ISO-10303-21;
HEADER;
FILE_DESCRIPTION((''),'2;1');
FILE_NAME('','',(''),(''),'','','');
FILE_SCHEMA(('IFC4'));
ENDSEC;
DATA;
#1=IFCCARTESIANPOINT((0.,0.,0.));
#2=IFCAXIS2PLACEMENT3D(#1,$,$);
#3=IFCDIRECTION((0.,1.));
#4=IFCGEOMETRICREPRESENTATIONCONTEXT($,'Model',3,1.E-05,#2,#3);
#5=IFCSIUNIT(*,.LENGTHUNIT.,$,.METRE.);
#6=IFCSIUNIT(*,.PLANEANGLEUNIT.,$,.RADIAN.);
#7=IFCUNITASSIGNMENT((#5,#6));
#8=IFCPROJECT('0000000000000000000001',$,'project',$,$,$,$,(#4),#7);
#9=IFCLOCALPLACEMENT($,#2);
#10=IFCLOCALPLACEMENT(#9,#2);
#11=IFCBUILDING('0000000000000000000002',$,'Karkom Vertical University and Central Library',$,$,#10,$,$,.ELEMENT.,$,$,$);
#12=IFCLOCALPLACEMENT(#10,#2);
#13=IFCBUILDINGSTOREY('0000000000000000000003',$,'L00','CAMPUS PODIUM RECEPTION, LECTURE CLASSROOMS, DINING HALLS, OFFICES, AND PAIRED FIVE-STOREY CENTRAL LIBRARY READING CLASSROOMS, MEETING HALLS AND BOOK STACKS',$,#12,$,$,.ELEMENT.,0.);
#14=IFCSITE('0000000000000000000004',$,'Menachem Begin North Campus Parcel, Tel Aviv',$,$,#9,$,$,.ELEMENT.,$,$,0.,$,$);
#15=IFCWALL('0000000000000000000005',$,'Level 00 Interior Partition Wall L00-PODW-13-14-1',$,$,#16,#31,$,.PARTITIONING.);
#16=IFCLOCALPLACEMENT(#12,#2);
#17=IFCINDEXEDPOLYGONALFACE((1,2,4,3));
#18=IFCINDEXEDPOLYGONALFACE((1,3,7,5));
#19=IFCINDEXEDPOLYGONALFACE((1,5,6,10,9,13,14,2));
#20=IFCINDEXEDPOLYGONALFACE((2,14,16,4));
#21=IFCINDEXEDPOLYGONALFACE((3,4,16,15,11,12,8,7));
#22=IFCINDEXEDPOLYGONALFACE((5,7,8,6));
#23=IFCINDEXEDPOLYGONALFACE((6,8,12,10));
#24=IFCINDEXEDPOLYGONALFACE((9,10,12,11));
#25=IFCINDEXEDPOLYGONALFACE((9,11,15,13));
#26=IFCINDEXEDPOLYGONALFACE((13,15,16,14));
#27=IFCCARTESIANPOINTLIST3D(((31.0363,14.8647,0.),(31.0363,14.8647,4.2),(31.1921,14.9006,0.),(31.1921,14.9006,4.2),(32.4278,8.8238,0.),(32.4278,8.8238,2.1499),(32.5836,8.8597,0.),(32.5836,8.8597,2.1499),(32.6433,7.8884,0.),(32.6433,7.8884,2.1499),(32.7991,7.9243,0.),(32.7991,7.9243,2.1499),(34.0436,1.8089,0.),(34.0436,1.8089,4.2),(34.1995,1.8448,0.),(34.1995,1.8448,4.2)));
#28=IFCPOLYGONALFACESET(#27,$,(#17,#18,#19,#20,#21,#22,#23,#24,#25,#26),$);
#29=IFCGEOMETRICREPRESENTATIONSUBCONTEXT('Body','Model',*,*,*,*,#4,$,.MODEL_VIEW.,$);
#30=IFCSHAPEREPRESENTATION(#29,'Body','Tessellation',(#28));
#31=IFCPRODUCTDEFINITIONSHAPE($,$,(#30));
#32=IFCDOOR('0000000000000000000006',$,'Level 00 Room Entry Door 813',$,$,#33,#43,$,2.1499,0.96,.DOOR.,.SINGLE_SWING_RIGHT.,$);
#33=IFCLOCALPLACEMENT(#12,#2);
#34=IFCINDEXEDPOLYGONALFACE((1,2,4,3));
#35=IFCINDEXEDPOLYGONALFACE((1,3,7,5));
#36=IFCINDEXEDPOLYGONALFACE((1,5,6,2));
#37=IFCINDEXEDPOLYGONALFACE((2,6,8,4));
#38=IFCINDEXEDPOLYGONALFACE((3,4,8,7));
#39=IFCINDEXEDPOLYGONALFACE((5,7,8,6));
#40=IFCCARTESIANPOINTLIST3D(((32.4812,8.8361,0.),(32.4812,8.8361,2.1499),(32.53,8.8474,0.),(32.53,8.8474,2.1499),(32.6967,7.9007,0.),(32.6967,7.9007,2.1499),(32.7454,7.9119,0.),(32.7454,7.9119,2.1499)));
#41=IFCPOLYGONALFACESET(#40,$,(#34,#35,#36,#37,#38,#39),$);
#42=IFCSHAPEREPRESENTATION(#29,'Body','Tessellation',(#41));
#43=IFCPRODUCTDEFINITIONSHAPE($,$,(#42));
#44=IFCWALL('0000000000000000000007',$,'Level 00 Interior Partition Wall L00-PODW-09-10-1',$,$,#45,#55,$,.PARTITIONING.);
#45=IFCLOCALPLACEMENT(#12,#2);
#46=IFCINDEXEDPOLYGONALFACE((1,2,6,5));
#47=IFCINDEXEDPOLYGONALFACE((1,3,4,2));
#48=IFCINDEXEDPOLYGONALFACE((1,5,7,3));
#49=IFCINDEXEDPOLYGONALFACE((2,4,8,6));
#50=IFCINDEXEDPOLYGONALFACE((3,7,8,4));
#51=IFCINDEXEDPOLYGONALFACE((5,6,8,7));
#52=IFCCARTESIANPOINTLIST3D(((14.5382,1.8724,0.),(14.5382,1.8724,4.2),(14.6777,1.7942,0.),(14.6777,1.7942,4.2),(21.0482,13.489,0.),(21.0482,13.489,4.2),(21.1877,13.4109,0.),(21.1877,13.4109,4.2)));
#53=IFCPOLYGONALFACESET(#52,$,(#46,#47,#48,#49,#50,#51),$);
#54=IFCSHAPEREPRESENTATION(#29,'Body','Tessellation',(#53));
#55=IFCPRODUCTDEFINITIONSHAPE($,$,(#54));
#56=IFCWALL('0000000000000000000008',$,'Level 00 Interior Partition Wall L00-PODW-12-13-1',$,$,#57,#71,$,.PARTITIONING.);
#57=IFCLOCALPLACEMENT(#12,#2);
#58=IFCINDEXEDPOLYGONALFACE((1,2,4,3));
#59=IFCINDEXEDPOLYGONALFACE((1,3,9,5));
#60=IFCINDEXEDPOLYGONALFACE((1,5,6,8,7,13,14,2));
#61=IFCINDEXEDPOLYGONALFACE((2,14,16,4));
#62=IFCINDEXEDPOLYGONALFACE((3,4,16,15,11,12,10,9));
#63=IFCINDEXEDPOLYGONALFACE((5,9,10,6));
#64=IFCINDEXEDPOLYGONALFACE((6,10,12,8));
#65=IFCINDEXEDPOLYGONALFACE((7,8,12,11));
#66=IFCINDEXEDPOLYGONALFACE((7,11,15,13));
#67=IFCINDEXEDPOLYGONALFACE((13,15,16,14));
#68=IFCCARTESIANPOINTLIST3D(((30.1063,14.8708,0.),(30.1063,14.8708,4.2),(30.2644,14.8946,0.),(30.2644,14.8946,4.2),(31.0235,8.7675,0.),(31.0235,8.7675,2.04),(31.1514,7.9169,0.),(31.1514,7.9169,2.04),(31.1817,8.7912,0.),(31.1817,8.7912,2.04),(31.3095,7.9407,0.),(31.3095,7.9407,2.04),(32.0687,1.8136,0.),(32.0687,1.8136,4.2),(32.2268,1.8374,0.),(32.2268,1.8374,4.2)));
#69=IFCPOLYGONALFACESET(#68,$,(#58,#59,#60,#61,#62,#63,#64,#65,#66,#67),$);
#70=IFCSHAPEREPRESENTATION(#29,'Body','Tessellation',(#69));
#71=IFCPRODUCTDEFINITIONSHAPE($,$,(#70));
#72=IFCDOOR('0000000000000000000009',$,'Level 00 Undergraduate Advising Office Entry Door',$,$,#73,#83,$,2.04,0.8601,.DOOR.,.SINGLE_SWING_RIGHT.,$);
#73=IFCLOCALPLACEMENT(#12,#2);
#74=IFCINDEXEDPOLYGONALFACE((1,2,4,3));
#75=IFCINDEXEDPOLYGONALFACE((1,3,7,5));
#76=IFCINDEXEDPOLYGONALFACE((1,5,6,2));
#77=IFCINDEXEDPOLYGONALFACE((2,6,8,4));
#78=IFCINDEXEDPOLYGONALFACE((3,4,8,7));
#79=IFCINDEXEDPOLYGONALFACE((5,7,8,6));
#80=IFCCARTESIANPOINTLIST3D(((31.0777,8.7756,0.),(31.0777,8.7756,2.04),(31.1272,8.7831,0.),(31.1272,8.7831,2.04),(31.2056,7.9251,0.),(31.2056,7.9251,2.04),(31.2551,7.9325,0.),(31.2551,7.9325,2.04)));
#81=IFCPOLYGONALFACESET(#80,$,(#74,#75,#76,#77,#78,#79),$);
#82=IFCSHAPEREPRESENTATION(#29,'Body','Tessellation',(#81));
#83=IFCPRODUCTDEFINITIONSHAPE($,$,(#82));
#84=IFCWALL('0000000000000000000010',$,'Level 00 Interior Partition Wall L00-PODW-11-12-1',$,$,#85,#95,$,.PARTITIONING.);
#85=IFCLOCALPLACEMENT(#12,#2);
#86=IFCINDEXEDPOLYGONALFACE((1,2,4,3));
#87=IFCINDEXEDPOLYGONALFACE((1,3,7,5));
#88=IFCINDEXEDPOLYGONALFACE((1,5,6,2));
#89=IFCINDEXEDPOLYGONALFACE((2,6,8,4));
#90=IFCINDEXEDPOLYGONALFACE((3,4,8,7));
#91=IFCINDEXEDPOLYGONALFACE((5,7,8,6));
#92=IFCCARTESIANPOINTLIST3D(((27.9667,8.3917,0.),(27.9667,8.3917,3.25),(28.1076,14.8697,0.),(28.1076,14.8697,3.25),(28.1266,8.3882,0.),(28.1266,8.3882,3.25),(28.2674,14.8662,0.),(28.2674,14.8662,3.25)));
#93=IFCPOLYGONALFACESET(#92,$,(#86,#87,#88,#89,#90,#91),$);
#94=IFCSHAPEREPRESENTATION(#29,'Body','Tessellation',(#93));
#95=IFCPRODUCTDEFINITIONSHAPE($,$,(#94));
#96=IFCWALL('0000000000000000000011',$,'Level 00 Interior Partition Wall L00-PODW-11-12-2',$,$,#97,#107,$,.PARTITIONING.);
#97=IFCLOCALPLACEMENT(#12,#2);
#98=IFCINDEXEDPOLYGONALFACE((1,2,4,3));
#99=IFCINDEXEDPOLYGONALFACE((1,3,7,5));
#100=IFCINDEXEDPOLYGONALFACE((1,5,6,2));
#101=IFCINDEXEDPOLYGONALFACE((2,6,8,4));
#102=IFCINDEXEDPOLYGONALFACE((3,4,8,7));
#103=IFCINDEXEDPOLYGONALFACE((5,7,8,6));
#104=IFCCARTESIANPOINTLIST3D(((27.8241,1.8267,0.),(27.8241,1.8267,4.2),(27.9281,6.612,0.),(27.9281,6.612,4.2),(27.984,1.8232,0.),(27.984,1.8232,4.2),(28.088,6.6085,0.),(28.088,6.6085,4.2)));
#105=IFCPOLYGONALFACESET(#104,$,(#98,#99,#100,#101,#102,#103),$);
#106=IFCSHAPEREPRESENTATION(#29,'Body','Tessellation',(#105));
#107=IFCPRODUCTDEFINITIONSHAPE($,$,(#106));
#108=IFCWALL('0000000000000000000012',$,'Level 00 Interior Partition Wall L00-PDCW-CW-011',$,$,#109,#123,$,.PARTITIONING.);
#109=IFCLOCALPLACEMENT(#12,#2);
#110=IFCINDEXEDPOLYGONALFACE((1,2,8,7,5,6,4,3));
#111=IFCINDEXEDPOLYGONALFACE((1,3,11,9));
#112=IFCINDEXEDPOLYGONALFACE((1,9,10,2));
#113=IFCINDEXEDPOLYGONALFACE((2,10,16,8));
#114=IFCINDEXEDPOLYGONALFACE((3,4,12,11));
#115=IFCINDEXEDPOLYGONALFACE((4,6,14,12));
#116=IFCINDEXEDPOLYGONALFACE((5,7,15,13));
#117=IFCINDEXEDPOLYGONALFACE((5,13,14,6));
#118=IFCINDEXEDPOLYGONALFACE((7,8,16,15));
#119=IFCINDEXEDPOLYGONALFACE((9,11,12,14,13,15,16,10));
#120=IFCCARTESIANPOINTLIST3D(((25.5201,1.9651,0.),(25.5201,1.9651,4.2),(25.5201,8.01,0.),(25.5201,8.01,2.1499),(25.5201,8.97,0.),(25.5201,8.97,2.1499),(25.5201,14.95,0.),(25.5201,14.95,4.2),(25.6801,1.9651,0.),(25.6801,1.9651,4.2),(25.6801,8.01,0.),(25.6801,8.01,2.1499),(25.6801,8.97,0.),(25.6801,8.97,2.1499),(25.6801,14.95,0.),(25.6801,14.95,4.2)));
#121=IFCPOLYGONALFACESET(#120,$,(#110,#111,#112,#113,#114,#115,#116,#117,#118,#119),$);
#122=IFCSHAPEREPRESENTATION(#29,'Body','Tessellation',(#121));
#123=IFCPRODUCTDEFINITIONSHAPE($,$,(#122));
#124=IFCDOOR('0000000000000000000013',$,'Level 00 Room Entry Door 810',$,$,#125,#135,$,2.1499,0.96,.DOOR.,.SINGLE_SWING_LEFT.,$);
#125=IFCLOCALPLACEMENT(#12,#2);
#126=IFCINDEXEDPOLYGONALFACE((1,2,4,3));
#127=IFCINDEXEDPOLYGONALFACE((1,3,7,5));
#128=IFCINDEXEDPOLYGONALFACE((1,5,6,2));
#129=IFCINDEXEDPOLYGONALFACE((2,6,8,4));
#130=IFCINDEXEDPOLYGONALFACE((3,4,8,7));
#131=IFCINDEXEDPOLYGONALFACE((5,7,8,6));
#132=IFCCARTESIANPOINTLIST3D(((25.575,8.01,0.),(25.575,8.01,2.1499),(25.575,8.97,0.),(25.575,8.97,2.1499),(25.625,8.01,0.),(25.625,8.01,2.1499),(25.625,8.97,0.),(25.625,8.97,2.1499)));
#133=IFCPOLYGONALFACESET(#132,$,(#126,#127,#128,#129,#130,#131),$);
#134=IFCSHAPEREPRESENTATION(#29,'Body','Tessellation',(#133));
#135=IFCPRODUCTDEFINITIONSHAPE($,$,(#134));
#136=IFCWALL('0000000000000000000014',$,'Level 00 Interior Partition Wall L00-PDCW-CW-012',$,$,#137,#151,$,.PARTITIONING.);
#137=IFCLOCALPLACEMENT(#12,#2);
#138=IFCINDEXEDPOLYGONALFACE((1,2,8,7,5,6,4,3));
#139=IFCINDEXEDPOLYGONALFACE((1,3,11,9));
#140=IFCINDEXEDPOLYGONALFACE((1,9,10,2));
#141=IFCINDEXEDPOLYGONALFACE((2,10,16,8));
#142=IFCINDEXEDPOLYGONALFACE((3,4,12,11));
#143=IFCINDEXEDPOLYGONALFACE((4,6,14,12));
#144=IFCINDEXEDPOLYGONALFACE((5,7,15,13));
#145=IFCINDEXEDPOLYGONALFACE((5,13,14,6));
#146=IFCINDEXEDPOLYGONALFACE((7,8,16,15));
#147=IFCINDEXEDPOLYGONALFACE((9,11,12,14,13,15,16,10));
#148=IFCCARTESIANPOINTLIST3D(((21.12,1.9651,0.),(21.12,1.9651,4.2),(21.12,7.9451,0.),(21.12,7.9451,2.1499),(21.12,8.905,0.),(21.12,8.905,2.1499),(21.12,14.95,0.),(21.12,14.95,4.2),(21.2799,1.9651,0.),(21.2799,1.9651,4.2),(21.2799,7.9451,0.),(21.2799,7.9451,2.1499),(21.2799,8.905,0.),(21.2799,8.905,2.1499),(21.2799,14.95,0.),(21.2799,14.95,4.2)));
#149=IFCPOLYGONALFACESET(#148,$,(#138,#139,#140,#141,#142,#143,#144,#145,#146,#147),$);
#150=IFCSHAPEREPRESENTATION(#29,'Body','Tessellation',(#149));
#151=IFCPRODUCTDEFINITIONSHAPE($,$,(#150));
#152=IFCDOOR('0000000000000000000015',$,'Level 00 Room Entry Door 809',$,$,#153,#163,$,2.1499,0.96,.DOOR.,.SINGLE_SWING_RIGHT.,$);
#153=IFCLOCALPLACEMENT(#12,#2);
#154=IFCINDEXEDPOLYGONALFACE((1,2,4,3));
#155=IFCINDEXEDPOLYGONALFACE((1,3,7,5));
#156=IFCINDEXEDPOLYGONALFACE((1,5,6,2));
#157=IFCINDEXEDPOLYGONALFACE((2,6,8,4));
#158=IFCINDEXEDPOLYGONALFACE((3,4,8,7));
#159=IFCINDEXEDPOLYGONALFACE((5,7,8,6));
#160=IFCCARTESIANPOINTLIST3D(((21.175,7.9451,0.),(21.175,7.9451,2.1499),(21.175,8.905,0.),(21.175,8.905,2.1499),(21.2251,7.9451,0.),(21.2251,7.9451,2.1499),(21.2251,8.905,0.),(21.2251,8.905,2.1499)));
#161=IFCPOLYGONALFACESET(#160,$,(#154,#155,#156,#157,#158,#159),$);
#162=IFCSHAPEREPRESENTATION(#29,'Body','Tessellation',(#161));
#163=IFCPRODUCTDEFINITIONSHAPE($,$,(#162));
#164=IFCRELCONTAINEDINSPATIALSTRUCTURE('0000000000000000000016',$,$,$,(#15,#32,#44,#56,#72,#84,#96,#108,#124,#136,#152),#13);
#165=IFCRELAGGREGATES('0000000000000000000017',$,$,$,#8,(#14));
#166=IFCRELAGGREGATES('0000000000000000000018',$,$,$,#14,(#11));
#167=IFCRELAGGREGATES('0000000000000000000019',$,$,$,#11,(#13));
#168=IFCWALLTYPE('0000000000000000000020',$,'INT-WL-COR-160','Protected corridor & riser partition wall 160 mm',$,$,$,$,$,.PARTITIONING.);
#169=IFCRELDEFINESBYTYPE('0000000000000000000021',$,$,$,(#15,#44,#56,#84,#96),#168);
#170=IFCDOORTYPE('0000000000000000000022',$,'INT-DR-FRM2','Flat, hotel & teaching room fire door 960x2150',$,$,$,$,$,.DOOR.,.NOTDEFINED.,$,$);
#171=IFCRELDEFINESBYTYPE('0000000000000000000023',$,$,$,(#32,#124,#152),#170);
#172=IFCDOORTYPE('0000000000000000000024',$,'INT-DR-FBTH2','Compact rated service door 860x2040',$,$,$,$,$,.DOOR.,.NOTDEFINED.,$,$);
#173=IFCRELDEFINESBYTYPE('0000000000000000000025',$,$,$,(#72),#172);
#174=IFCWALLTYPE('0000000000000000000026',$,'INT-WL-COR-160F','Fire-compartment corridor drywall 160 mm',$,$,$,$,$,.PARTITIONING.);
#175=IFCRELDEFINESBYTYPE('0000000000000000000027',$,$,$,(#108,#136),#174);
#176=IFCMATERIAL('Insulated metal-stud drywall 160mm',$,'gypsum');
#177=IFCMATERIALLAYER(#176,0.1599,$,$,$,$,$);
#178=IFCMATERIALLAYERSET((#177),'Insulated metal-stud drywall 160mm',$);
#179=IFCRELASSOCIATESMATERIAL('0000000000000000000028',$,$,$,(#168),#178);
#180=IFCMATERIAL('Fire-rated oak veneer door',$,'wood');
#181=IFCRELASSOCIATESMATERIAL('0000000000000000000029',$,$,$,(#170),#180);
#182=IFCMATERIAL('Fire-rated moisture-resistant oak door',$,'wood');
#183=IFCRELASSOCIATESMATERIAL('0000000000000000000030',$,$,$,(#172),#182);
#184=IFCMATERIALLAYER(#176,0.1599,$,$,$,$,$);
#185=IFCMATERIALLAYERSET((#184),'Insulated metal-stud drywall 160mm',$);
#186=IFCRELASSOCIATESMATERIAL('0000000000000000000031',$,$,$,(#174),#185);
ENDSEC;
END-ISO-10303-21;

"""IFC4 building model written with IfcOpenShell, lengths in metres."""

from ifc_helpers import new_model, si_unit, direction, frame, frame_2d, origin, origin_with_axes, place, context, subcontext, project, spatial, rectangle, extrude, source, transform, mapped, material, layer, layer_set, type_object, element, fill, save


model = new_model("IFC4")

# Units and contexts
model_context = context("Model", 3, precision=1e-05, world=origin(), true_north=direction((0.0, 1.0)))
body_context = subcontext(model_context, "Body", "Model", "MODEL_VIEW")
ifc_project = project(units=[si_unit("LENGTHUNIT", "METRE"), si_unit("PLANEANGLEUNIT", "RADIAN")], contexts=[model_context])

# Site, building, storey
site_placement = place(None, origin())
site = spatial("IfcSite", under=ifc_project, at=site_placement, Name="Menachem Begin North Campus Parcel, Tel Aviv", CompositionType="ELEMENT", RefElevation=0.0)
building_placement = place(site_placement, origin())
building = spatial("IfcBuilding", under=site, at=building_placement, Name="Karkom Vertical University and Central Library", CompositionType="ELEMENT")
storey_placement = place(building_placement, origin())
storey = spatial("IfcBuildingStorey", under=building, at=storey_placement, Name="L00", Description="CAMPUS PODIUM RECEPTION, LECTURE CLASSROOMS, DINING HALLS, OFFICES, AND PAIRED FIVE-STOREY CENTRAL LIBRARY READING CLASSROOMS, MEETING HALLS AND BOOK STACKS", CompositionType="ELEMENT", Elevation=0.0)

# Wall, opening, door
ifc_material_1 = material(Name="Insulated metal-stud drywall 160mm", Category="gypsum")
ifc_layer_1 = layer(ifc_material_1, 0.1599)
ifc_layer_set_1 = layer_set([ifc_layer_1], Name="Insulated metal-stud drywall 160mm")
wall_type_1 = type_object("IfcWallType", Name="INT-WL-COR-160", Description="Protected corridor & riser partition wall 160 mm", PredefinedType="PARTITIONING", material=ifc_layer_set_1)
ifc_material_2 = material(Name="Fire-rated oak veneer door", Category="wood")
door_type_1 = type_object("IfcDoorType", Name="INT-DR-FRM2", Description="Flat, hotel & teaching room fire door 960x2150", OperationType="NOTDEFINED", PredefinedType="DOOR", material=ifc_material_2)
shared_shape_1 = source(origin_with_axes(), body_context, "Body", "SweptSolid", [
    extrude(rectangle(XDim=0.96, YDim=2.1499, at=frame_2d((0.48, 1.075))), frame((0.0, 0.0249, 0.0), z_axis=(0.0, -1.0, 0.0), x_axis=(1.0, 0.0, 0.0)), (0.0, 0.0, 1.0), 0.05),
])
wall_1_placement = place(storey_placement, frame((31.1143, 14.8826, 0.0), z_axis=(0.0, 0.0, 1.0), x_axis=(0.224464, -0.974482, 0.0)))
wall_1 = element("IfcWall", 1, at=wall_1_placement, inside=storey, type_object=wall_type_1, Name="Level 00 Interior Partition Wall L00-PODW-13-14-1", PredefinedType="PARTITIONING", context=body_context, shape_type="SweptSolid", body=[
    extrude(rectangle(XDim=13.3977, YDim=0.1599, at=frame_2d((6.6987, 0.0))), origin(), (0.0, 0.0, 1.0), 4.2),
])
opening_1_placement = place(wall_1_placement, frame((6.199, 0.0, 0.0)))
opening_1 = element("IfcOpeningElement", 2, at=opening_1_placement, cuts=wall_1, PredefinedType="OPENING", context=body_context, shape_type="SweptSolid", body=[
    extrude(rectangle(XDim=0.96, YDim=2.1499, at=frame_2d((0.48, 1.075))), frame((0.0, 0.0898, 0.0), z_axis=(0.0, -1.0, 0.0), x_axis=(1.0, 0.0, 0.0)), (0.0, 0.0, 1.0), 0.1799),
])
door_1_placement = place(opening_1_placement, origin())
door_1 = element("IfcDoor", 3, at=door_1_placement, inside=storey, type_object=door_type_1, Name="Level 00 Room Entry Door 813", OperationType="SINGLE_SWING_RIGHT", OverallHeight=2.1499, OverallWidth=0.96, PredefinedType="DOOR", context=body_context, shape_type="MappedRepresentation", body=[
    mapped(shared_shape_1, transform((0.0, 0.0, 0.0), scale=1.0)),
])
fill(opening_1, door_1)

# Wall
wall_2_placement = place(storey_placement, frame((21.1179, 13.45, 0.0), z_axis=(0.0, 0.0, 1.0), x_axis=(-0.48887, -0.872357, 0.0)))
element("IfcWall", 4, at=wall_2_placement, inside=storey, type_object=wall_type_1, Name="Level 00 Interior Partition Wall L00-PODW-09-10-1", PredefinedType="PARTITIONING", context=body_context, shape_type="SweptSolid", body=[
    extrude(rectangle(XDim=13.3164, YDim=0.1599, at=frame_2d((6.6582, 0.0))), origin(), (0.0, 0.0, 1.0), 4.2),
])

# Wall, opening, door
wall_3_placement = place(storey_placement, frame((30.1853, 14.8828, 0.0), z_axis=(0.0, 0.0, 1.0), x_axis=(0.148624, -0.988894, 0.0)))
wall_3 = element("IfcWall", 5, at=wall_3_placement, inside=storey, type_object=wall_type_1, Name="Level 00 Interior Partition Wall L00-PODW-12-13-1", PredefinedType="PARTITIONING", context=body_context, shape_type="SweptSolid", body=[
    extrude(rectangle(XDim=13.2039, YDim=0.1599, at=frame_2d((6.6021, 0.0))), origin(), (0.0, 0.0, 1.0), 4.2),
])
opening_2_placement = place(wall_3_placement, frame((6.1719, 0.0, 0.0)))
opening_2 = element("IfcOpeningElement", 6, at=opening_2_placement, cuts=wall_3, PredefinedType="OPENING", context=body_context, shape_type="SweptSolid", body=[
    extrude(rectangle(XDim=0.8601, YDim=2.04, at=frame_2d((0.4302, 1.02))), frame((0.0, 0.0898, 0.0), z_axis=(0.0, -1.0, 0.0), x_axis=(1.0, 0.0, 0.0)), (0.0, 0.0, 1.0), 0.1799),
])
ifc_material_3 = material(Name="Fire-rated moisture-resistant oak door", Category="wood")
door_type_2 = type_object("IfcDoorType", Name="INT-DR-FBTH2", Description="Compact rated service door 860x2040", OperationType="NOTDEFINED", PredefinedType="DOOR", material=ifc_material_3)
shared_shape_2 = source(origin_with_axes(), body_context, "Body", "SweptSolid", [
    extrude(rectangle(XDim=0.8601, YDim=2.04, at=frame_2d((0.4302, 1.02))), frame((0.0, 0.0249, 0.0), z_axis=(0.0, -1.0, 0.0), x_axis=(1.0, 0.0, 0.0)), (0.0, 0.0, 1.0), 0.05),
])
door_2_placement = place(opening_2_placement, origin())
door_2 = element("IfcDoor", 7, at=door_2_placement, inside=storey, type_object=door_type_2, Name="Level 00 Undergraduate Advising Office Entry Door", OperationType="SINGLE_SWING_RIGHT", OverallHeight=2.04, OverallWidth=0.8601, PredefinedType="DOOR", context=body_context, shape_type="MappedRepresentation", body=[
    mapped(shared_shape_2, transform((0.0, 0.0, 0.0), scale=1.0)),
])
fill(opening_2, door_2)

# Walls
wall_4_placement = place(storey_placement, frame((28.1875, 14.8679, 0.0), z_axis=(0.0, 0.0, 1.0), x_axis=(-0.021741, -0.999764, 0.0)))
element("IfcWall", 8, at=wall_4_placement, inside=storey, type_object=wall_type_1, Name="Level 00 Interior Partition Wall L00-PODW-11-12-1", PredefinedType="PARTITIONING", context=body_context, shape_type="SweptSolid", body=[
    extrude(rectangle(XDim=6.4795, YDim=0.1599, at=frame_2d((3.2397, 0.0))), origin(), (0.0, 0.0, 1.0), 3.25),
])
wall_5_placement = place(storey_placement, frame((28.0081, 6.6101, 0.0), z_axis=(0.0, 0.0, 1.0), x_axis=(-0.02173, -0.999764, 0.0)))
element("IfcWall", 9, at=wall_5_placement, inside=storey, type_object=wall_type_1, Name="Level 00 Interior Partition Wall L00-PODW-11-12-2", PredefinedType="PARTITIONING", context=body_context, shape_type="SweptSolid", body=[
    extrude(rectangle(XDim=4.7864, YDim=0.1599, at=frame_2d((2.3931, 0.0))), origin(), (0.0, 0.0, 1.0), 4.2),
])

# Walls, openings, doors
ifc_layer_2 = layer(ifc_material_1, 0.1599)
ifc_layer_set_2 = layer_set([ifc_layer_2], Name="Insulated metal-stud drywall 160mm")
wall_type_2 = type_object("IfcWallType", Name="INT-WL-COR-160F", Description="Fire-compartment corridor drywall 160 mm", PredefinedType="PARTITIONING", material=ifc_layer_set_2)
wall_6_placement = place(storey_placement, frame((25.6001, 14.95, 0.0), z_axis=(0.0, 0.0, 1.0), x_axis=(0.0, -1.0, 0.0)))
wall_6 = element("IfcWall", 10, at=wall_6_placement, inside=storey, type_object=wall_type_2, Name="Level 00 Interior Partition Wall L00-PDCW-CW-011", PredefinedType="PARTITIONING", context=body_context, shape_type="SweptSolid", body=[
    extrude(rectangle(XDim=12.9849, YDim=0.1599, at=frame_2d((6.4924, 0.0))), origin(), (0.0, 0.0, 1.0), 4.2),
])
opening_3_placement = place(wall_6_placement, frame((5.98, 0.0, 0.0)))
opening_3 = element("IfcOpeningElement", 11, at=opening_3_placement, cuts=wall_6, PredefinedType="OPENING", context=body_context, shape_type="SweptSolid", body=[
    extrude(rectangle(XDim=0.96, YDim=2.1499, at=frame_2d((0.48, 1.075))), frame((0.0, 0.0898, 0.0), z_axis=(0.0, -1.0, 0.0), x_axis=(1.0, 0.0, 0.0)), (0.0, 0.0, 1.0), 0.1799),
])
door_3_placement = place(opening_3_placement, origin())
door_3 = element("IfcDoor", 12, at=door_3_placement, inside=storey, type_object=door_type_1, Name="Level 00 Room Entry Door 810", OperationType="SINGLE_SWING_LEFT", OverallHeight=2.1499, OverallWidth=0.96, PredefinedType="DOOR", context=body_context, shape_type="MappedRepresentation", body=[
    mapped(shared_shape_1, transform((0.0, 0.0, 0.0), scale=1.0)),
])
fill(opening_3, door_3)
wall_7_placement = place(storey_placement, frame((21.2, 1.9651, 0.0), z_axis=(0.0, 0.0, 1.0), x_axis=(0.0, 1.0, 0.0)))
wall_7 = element("IfcWall", 13, at=wall_7_placement, inside=storey, type_object=wall_type_2, Name="Level 00 Interior Partition Wall L00-PDCW-CW-012", PredefinedType="PARTITIONING", context=body_context, shape_type="SweptSolid", body=[
    extrude(rectangle(XDim=12.9849, YDim=0.1599, at=frame_2d((6.4924, 0.0))), origin(), (0.0, 0.0, 1.0), 4.2),
])
opening_4_placement = place(wall_7_placement, frame((5.98, 0.0, 0.0)))
opening_4 = element("IfcOpeningElement", 14, at=opening_4_placement, cuts=wall_7, PredefinedType="OPENING", context=body_context, shape_type="SweptSolid", body=[
    extrude(rectangle(XDim=0.96, YDim=2.1499, at=frame_2d((0.48, 1.075))), frame((0.0, 0.0898, 0.0), z_axis=(0.0, -1.0, 0.0), x_axis=(1.0, 0.0, 0.0)), (0.0, 0.0, 1.0), 0.1799),
])
door_4_placement = place(opening_4_placement, origin())
door_4 = element("IfcDoor", 15, at=door_4_placement, inside=storey, type_object=door_type_1, Name="Level 00 Room Entry Door 809", OperationType="SINGLE_SWING_RIGHT", OverallHeight=2.1499, OverallWidth=0.96, PredefinedType="DOOR", context=body_context, shape_type="MappedRepresentation", body=[
    mapped(shared_shape_1, transform((0.0, 0.0, 0.0), scale=1.0)),
])
fill(opening_4, door_4)

save(model, "model.ifc")
